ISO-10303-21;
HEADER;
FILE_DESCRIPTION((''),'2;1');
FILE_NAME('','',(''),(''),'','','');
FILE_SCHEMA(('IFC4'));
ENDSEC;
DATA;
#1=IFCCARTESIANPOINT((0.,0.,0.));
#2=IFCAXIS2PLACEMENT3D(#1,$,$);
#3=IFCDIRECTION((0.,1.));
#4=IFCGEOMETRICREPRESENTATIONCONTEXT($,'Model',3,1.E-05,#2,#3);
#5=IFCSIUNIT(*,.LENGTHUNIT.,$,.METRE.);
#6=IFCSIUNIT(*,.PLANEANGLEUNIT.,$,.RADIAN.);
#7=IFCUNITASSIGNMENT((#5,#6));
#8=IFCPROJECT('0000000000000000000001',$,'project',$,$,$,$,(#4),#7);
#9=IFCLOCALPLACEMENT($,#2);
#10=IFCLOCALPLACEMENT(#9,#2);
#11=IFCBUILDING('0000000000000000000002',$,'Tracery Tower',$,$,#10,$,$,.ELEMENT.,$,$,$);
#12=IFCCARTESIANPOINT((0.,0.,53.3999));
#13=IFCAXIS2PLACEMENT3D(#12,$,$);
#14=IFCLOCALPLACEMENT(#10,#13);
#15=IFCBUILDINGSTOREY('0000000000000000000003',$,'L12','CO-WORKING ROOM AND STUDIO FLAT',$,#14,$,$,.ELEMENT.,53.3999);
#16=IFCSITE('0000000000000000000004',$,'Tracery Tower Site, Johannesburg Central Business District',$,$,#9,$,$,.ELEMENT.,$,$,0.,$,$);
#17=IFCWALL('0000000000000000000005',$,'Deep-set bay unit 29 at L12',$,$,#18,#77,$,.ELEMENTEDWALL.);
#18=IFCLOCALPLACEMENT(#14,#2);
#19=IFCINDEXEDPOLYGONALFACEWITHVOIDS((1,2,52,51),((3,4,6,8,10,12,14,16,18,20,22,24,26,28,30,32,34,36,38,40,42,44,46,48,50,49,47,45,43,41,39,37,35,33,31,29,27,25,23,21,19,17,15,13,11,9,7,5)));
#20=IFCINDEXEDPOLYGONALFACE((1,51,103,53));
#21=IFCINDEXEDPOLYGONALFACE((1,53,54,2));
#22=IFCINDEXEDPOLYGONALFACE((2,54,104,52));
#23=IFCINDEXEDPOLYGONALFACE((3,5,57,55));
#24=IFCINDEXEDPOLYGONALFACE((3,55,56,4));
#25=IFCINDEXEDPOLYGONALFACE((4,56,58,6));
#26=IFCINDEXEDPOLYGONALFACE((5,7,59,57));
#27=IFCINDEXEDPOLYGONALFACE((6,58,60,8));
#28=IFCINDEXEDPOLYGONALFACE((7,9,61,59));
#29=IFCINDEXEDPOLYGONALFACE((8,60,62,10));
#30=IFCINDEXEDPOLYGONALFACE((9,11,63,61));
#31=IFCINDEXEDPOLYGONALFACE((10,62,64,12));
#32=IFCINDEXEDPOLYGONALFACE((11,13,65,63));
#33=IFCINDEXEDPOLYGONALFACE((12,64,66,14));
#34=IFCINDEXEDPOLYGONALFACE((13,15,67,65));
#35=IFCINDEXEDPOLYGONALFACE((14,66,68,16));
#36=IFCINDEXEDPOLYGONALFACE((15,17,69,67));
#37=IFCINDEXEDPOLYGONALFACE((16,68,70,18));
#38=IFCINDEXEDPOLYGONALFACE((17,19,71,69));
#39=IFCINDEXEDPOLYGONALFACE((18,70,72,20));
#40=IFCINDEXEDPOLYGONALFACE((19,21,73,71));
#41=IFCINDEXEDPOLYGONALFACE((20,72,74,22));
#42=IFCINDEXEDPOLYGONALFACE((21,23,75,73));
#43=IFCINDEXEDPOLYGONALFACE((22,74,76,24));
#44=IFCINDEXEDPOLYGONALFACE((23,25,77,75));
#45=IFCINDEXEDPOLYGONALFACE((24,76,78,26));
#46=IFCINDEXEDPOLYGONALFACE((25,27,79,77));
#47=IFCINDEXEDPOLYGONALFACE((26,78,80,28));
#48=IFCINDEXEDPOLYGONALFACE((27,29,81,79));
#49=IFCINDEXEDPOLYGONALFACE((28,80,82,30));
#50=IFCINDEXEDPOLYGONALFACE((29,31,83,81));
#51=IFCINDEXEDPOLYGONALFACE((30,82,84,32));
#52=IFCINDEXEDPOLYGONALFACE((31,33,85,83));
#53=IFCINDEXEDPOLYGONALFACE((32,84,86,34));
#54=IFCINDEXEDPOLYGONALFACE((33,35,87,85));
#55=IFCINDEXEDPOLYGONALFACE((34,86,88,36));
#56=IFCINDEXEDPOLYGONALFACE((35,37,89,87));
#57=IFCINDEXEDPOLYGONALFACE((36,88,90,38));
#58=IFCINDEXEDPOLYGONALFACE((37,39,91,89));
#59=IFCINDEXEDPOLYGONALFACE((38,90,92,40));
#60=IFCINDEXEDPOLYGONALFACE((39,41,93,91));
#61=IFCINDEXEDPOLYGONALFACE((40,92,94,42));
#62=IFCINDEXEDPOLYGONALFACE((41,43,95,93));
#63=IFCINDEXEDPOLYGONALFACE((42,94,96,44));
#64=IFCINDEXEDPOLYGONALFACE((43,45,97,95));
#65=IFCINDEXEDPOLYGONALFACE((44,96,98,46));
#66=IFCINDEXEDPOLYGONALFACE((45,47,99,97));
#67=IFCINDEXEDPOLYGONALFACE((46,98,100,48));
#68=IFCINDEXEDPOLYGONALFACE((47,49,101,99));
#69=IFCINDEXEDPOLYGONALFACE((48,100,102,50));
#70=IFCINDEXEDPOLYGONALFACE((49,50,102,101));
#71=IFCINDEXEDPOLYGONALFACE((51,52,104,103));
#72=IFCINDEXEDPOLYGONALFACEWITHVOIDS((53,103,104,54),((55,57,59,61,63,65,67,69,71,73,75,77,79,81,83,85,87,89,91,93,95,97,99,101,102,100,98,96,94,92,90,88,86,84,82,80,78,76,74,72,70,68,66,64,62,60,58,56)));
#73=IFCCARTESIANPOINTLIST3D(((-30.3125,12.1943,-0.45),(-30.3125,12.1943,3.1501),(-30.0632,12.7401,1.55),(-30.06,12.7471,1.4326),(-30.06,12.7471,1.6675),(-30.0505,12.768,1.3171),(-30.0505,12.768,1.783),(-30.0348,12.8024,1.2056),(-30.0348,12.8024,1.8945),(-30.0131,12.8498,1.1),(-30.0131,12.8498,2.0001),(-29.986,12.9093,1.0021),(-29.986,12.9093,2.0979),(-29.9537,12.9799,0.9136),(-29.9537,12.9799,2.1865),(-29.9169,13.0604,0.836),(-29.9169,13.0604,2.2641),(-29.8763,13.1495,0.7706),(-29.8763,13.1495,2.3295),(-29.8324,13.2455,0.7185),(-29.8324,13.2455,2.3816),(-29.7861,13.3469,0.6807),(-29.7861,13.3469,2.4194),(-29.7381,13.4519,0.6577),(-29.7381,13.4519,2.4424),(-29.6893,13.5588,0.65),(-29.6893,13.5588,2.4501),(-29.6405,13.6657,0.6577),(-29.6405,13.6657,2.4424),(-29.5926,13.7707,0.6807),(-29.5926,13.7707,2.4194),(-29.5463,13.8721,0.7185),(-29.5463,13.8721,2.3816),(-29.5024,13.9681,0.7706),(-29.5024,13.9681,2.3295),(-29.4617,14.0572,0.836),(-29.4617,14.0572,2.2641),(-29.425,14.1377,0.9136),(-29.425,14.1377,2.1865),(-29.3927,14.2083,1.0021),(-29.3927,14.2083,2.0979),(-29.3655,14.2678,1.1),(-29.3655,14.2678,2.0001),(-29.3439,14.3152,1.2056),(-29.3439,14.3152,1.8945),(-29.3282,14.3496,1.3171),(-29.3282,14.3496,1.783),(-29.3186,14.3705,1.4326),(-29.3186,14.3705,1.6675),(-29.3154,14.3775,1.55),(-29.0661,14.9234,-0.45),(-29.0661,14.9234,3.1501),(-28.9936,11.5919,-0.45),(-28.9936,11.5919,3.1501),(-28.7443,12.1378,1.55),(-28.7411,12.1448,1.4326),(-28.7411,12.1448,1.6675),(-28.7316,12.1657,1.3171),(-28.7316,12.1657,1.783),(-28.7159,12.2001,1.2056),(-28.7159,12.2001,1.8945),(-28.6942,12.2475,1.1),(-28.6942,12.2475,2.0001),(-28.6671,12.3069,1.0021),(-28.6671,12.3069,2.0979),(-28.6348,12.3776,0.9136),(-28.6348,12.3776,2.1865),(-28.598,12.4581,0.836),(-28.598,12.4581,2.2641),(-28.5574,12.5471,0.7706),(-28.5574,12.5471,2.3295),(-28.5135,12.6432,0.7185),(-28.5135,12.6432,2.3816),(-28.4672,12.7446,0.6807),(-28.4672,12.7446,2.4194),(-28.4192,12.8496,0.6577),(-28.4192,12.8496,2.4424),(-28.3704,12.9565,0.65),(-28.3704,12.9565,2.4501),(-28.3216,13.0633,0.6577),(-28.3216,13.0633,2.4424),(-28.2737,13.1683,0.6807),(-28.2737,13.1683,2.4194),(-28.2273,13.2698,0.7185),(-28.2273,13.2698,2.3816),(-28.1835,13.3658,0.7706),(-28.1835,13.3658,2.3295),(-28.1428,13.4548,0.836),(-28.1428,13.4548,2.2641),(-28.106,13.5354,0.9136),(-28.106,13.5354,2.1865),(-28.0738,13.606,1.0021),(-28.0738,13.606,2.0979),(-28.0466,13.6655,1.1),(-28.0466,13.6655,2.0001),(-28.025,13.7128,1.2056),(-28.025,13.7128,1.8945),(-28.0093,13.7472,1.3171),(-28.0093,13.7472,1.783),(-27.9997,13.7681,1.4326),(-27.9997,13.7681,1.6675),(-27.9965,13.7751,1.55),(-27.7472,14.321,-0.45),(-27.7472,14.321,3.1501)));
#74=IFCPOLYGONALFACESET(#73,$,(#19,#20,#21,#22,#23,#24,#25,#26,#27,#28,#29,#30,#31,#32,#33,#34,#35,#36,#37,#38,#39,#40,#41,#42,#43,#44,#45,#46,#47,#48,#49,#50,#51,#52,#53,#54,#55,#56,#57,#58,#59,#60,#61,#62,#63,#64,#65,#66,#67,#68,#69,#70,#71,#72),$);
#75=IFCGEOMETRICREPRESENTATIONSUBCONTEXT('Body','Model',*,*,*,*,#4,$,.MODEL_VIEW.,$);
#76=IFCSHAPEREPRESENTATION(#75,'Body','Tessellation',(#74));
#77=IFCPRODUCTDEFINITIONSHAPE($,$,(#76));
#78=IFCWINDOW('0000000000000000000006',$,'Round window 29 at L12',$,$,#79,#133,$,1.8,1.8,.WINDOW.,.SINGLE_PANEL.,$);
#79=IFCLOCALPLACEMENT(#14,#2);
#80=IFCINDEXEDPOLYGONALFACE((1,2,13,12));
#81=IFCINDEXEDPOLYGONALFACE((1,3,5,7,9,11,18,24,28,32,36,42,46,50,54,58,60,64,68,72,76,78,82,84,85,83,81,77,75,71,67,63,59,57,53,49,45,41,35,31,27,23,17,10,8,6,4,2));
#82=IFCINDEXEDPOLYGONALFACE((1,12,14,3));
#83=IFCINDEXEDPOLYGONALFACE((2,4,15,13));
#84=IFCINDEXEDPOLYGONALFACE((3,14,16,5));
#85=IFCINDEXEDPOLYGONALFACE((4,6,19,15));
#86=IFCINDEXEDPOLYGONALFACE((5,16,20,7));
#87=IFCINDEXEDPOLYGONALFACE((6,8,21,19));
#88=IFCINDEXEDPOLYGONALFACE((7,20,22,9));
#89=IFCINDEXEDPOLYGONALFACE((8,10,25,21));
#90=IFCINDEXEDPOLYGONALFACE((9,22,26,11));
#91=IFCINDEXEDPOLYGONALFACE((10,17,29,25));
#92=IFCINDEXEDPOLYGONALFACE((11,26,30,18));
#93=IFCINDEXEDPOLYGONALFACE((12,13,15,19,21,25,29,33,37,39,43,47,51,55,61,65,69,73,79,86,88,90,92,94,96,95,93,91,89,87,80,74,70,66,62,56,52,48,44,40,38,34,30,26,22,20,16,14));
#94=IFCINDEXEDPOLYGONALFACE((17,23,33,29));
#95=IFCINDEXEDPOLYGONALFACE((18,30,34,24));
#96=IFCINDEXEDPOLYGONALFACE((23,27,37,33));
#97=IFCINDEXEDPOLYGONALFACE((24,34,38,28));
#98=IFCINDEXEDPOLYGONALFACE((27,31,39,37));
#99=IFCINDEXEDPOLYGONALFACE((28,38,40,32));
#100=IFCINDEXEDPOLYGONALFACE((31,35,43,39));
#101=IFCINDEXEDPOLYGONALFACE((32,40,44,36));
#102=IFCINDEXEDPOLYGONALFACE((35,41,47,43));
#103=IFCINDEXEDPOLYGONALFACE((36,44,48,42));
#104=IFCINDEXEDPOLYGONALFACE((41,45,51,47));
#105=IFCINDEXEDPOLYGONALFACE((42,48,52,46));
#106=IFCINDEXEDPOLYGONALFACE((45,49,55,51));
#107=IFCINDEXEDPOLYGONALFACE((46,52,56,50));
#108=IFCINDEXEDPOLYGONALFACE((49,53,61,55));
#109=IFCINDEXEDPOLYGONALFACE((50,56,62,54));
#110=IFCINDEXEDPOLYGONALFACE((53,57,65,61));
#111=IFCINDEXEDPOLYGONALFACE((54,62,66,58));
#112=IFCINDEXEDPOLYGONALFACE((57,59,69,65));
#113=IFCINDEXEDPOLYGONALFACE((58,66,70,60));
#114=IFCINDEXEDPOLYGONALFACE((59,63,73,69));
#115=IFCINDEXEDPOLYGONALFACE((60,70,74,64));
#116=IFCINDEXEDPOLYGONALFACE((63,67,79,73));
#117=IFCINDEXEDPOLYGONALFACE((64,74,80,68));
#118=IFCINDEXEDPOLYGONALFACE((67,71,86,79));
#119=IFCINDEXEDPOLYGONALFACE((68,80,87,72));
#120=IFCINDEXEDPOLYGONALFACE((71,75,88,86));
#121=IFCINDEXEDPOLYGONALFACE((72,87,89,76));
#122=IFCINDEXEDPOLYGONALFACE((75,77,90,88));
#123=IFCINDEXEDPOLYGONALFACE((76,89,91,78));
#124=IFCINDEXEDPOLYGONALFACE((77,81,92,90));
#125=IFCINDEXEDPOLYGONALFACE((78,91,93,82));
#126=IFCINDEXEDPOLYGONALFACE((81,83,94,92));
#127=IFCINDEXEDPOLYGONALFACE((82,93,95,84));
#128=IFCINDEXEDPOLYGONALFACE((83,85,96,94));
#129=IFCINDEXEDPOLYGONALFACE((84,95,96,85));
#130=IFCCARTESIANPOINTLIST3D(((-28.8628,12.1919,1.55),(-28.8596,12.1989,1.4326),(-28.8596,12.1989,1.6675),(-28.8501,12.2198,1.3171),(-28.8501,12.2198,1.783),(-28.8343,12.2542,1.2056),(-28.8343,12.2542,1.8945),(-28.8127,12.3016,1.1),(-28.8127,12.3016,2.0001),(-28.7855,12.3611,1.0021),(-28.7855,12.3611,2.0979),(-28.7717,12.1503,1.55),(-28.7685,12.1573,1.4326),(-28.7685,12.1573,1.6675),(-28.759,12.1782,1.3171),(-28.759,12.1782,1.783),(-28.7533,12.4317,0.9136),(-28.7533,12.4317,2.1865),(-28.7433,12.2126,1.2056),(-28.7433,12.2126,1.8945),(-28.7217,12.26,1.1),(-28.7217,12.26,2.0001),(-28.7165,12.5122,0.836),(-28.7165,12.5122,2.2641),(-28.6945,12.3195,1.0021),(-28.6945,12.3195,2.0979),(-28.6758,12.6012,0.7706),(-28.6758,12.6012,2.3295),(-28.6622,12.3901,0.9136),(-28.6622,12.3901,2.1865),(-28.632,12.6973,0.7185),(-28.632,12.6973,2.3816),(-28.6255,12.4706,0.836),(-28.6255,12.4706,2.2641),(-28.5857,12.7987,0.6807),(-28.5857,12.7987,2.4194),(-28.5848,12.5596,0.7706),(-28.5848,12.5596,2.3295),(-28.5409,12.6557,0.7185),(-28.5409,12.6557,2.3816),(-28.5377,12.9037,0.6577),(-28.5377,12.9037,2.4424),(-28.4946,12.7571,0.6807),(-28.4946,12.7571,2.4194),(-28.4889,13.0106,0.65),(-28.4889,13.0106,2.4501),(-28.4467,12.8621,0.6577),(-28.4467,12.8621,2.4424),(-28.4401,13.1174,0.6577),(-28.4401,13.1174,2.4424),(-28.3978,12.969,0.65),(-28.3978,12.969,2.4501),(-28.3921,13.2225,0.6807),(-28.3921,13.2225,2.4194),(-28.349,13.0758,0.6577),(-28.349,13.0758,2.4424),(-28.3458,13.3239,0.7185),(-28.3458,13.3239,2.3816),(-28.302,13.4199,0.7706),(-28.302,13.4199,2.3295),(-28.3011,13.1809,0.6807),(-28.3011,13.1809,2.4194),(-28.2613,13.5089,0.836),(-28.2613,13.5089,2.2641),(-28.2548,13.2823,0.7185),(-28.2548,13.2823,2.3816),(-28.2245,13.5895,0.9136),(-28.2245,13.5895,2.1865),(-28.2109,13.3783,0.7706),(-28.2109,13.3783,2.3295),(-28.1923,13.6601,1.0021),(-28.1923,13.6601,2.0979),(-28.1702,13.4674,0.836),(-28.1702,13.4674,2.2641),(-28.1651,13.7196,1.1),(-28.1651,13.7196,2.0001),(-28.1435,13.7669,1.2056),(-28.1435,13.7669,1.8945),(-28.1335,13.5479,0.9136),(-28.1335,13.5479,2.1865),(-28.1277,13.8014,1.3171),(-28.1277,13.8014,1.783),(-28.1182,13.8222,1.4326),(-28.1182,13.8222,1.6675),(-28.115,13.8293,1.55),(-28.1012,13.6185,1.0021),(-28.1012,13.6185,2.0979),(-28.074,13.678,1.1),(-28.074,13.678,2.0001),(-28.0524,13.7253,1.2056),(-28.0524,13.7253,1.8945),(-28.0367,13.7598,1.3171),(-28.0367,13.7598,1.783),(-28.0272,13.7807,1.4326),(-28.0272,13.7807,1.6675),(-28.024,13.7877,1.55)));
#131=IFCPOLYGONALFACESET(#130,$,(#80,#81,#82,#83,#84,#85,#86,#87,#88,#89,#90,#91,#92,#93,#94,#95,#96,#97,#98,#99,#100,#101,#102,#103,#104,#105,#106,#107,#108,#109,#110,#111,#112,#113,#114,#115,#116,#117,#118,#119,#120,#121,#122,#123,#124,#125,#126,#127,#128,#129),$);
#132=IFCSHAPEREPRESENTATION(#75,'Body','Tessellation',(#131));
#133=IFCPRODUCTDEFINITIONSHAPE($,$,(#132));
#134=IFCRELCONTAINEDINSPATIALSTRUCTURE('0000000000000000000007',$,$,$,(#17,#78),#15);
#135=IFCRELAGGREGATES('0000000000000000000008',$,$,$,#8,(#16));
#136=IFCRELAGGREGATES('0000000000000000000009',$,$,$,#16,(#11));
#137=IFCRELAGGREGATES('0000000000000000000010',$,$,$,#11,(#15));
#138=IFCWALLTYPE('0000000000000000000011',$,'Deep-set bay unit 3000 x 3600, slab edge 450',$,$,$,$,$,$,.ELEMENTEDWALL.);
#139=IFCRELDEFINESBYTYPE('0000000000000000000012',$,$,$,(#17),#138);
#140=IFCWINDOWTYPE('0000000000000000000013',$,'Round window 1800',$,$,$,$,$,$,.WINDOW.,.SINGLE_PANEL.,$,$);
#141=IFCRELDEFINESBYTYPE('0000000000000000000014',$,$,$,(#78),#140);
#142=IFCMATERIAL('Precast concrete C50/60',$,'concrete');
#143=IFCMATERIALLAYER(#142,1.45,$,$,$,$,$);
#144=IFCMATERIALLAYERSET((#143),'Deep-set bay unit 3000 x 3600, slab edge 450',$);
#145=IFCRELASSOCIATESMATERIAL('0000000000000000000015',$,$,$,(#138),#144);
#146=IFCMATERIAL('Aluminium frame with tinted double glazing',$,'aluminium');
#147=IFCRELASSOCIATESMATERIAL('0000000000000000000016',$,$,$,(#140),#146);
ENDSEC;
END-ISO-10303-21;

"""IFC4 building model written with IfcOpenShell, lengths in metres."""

from ifc_helpers import new_model, si_unit, direction, frame, frame_2d, origin, origin_2d, place, context, subcontext, project, spatial, rectangle, circle, extrude, material, layer, layer_set, type_object, element, fill, save


model = new_model("IFC4")

# Units and contexts
model_context = context("Model", 3, precision=1e-05, world=origin(), true_north=direction((0.0, 1.0)))
body_context = subcontext(model_context, "Body", "Model", "MODEL_VIEW")
ifc_project = project(units=[si_unit("LENGTHUNIT", "METRE"), si_unit("PLANEANGLEUNIT", "RADIAN")], contexts=[model_context])

# Site, building, storey
site_placement = place(None, origin())
site = spatial("IfcSite", under=ifc_project, at=site_placement, Name="Tracery Tower Site, Johannesburg Central Business District", CompositionType="ELEMENT", RefElevation=0.0)
building_placement = place(site_placement, origin())
building = spatial("IfcBuilding", under=site, at=building_placement, Name="Tracery Tower", CompositionType="ELEMENT")
storey_placement = place(building_placement, frame((0.0, 0.0, 53.3999)))
storey = spatial("IfcBuildingStorey", under=building, at=storey_placement, Name="L12", Description="CO-WORKING ROOM AND STUDIO FLAT", CompositionType="ELEMENT", Elevation=53.3999)

# Wall, opening, window
ifc_material_1 = material(Name="Precast concrete C50/60", Category="concrete")
ifc_layer_1 = layer(ifc_material_1, 1.45)
ifc_layer_set_1 = layer_set([ifc_layer_1], Name="Deep-set bay unit 3000 x 3600, slab edge 450")
wall_type_1 = type_object("IfcWallType", Name="Deep-set bay unit 3000 x 3600, slab edge 450", PredefinedType="ELEMENTEDWALL", material=ifc_layer_set_1)
ifc_material_2 = material(Name="Aluminium frame with tinted double glazing", Category="aluminium")
window_type = type_object("IfcWindowType", Name="Round window 1800", PartitioningType="SINGLE_PANEL", PredefinedType="WINDOW", material=ifc_material_2)
wall_1_placement = place(storey_placement, frame((-28.4067, 14.6221, -0.45), z_axis=(0.0, 0.0, 1.0), x_axis=(-0.415427, -0.909627, 0.0)))
wall_1 = element("IfcWall", 1, at=wall_1_placement, inside=storey, type_object=wall_type_1, Name="Deep-set bay unit 29 at L12", PredefinedType="ELEMENTEDWALL", context=body_context, shape_type="SweptSolid", body=[
    extrude(rectangle(XDim=3.0002, YDim=1.45, at=frame_2d((1.5, 0.0))), origin(), (0.0, 0.0, 1.0), 3.6001),
])
opening_1_placement = place(wall_1_placement, frame((1.5, 0.0, 2.0)))
opening_1 = element("IfcOpeningElement", 2, at=opening_1_placement, cuts=wall_1, PredefinedType="OPENING", context=body_context, shape_type="SweptSolid", body=[
    extrude(circle(Radius=0.9, at=origin_2d()), frame((0.0, 0.7349, 0.0), z_axis=(0.0, -1.0, 0.0), x_axis=(1.0, 0.0, 0.0)), (0.0, 0.0, 1.0), 1.47),
])
window_1_placement = place(opening_1_placement, origin())
window_1 = element("IfcWindow", 3, at=window_1_placement, inside=storey, type_object=window_type, Name="Round window 29 at L12", OverallHeight=1.8, OverallWidth=1.8, PartitioningType="SINGLE_PANEL", PredefinedType="WINDOW", context=body_context, shape_type="SweptSolid", body=[
    extrude(circle(Radius=0.9, at=origin_2d()), frame((0.0, 0.6948, 0.0), z_axis=(0.0, -1.0, 0.0), x_axis=(1.0, 0.0, 0.0)), (0.0, 0.0, 1.0), 0.1001),
])
fill(opening_1, window_1)

save(model, "model.ifc")
